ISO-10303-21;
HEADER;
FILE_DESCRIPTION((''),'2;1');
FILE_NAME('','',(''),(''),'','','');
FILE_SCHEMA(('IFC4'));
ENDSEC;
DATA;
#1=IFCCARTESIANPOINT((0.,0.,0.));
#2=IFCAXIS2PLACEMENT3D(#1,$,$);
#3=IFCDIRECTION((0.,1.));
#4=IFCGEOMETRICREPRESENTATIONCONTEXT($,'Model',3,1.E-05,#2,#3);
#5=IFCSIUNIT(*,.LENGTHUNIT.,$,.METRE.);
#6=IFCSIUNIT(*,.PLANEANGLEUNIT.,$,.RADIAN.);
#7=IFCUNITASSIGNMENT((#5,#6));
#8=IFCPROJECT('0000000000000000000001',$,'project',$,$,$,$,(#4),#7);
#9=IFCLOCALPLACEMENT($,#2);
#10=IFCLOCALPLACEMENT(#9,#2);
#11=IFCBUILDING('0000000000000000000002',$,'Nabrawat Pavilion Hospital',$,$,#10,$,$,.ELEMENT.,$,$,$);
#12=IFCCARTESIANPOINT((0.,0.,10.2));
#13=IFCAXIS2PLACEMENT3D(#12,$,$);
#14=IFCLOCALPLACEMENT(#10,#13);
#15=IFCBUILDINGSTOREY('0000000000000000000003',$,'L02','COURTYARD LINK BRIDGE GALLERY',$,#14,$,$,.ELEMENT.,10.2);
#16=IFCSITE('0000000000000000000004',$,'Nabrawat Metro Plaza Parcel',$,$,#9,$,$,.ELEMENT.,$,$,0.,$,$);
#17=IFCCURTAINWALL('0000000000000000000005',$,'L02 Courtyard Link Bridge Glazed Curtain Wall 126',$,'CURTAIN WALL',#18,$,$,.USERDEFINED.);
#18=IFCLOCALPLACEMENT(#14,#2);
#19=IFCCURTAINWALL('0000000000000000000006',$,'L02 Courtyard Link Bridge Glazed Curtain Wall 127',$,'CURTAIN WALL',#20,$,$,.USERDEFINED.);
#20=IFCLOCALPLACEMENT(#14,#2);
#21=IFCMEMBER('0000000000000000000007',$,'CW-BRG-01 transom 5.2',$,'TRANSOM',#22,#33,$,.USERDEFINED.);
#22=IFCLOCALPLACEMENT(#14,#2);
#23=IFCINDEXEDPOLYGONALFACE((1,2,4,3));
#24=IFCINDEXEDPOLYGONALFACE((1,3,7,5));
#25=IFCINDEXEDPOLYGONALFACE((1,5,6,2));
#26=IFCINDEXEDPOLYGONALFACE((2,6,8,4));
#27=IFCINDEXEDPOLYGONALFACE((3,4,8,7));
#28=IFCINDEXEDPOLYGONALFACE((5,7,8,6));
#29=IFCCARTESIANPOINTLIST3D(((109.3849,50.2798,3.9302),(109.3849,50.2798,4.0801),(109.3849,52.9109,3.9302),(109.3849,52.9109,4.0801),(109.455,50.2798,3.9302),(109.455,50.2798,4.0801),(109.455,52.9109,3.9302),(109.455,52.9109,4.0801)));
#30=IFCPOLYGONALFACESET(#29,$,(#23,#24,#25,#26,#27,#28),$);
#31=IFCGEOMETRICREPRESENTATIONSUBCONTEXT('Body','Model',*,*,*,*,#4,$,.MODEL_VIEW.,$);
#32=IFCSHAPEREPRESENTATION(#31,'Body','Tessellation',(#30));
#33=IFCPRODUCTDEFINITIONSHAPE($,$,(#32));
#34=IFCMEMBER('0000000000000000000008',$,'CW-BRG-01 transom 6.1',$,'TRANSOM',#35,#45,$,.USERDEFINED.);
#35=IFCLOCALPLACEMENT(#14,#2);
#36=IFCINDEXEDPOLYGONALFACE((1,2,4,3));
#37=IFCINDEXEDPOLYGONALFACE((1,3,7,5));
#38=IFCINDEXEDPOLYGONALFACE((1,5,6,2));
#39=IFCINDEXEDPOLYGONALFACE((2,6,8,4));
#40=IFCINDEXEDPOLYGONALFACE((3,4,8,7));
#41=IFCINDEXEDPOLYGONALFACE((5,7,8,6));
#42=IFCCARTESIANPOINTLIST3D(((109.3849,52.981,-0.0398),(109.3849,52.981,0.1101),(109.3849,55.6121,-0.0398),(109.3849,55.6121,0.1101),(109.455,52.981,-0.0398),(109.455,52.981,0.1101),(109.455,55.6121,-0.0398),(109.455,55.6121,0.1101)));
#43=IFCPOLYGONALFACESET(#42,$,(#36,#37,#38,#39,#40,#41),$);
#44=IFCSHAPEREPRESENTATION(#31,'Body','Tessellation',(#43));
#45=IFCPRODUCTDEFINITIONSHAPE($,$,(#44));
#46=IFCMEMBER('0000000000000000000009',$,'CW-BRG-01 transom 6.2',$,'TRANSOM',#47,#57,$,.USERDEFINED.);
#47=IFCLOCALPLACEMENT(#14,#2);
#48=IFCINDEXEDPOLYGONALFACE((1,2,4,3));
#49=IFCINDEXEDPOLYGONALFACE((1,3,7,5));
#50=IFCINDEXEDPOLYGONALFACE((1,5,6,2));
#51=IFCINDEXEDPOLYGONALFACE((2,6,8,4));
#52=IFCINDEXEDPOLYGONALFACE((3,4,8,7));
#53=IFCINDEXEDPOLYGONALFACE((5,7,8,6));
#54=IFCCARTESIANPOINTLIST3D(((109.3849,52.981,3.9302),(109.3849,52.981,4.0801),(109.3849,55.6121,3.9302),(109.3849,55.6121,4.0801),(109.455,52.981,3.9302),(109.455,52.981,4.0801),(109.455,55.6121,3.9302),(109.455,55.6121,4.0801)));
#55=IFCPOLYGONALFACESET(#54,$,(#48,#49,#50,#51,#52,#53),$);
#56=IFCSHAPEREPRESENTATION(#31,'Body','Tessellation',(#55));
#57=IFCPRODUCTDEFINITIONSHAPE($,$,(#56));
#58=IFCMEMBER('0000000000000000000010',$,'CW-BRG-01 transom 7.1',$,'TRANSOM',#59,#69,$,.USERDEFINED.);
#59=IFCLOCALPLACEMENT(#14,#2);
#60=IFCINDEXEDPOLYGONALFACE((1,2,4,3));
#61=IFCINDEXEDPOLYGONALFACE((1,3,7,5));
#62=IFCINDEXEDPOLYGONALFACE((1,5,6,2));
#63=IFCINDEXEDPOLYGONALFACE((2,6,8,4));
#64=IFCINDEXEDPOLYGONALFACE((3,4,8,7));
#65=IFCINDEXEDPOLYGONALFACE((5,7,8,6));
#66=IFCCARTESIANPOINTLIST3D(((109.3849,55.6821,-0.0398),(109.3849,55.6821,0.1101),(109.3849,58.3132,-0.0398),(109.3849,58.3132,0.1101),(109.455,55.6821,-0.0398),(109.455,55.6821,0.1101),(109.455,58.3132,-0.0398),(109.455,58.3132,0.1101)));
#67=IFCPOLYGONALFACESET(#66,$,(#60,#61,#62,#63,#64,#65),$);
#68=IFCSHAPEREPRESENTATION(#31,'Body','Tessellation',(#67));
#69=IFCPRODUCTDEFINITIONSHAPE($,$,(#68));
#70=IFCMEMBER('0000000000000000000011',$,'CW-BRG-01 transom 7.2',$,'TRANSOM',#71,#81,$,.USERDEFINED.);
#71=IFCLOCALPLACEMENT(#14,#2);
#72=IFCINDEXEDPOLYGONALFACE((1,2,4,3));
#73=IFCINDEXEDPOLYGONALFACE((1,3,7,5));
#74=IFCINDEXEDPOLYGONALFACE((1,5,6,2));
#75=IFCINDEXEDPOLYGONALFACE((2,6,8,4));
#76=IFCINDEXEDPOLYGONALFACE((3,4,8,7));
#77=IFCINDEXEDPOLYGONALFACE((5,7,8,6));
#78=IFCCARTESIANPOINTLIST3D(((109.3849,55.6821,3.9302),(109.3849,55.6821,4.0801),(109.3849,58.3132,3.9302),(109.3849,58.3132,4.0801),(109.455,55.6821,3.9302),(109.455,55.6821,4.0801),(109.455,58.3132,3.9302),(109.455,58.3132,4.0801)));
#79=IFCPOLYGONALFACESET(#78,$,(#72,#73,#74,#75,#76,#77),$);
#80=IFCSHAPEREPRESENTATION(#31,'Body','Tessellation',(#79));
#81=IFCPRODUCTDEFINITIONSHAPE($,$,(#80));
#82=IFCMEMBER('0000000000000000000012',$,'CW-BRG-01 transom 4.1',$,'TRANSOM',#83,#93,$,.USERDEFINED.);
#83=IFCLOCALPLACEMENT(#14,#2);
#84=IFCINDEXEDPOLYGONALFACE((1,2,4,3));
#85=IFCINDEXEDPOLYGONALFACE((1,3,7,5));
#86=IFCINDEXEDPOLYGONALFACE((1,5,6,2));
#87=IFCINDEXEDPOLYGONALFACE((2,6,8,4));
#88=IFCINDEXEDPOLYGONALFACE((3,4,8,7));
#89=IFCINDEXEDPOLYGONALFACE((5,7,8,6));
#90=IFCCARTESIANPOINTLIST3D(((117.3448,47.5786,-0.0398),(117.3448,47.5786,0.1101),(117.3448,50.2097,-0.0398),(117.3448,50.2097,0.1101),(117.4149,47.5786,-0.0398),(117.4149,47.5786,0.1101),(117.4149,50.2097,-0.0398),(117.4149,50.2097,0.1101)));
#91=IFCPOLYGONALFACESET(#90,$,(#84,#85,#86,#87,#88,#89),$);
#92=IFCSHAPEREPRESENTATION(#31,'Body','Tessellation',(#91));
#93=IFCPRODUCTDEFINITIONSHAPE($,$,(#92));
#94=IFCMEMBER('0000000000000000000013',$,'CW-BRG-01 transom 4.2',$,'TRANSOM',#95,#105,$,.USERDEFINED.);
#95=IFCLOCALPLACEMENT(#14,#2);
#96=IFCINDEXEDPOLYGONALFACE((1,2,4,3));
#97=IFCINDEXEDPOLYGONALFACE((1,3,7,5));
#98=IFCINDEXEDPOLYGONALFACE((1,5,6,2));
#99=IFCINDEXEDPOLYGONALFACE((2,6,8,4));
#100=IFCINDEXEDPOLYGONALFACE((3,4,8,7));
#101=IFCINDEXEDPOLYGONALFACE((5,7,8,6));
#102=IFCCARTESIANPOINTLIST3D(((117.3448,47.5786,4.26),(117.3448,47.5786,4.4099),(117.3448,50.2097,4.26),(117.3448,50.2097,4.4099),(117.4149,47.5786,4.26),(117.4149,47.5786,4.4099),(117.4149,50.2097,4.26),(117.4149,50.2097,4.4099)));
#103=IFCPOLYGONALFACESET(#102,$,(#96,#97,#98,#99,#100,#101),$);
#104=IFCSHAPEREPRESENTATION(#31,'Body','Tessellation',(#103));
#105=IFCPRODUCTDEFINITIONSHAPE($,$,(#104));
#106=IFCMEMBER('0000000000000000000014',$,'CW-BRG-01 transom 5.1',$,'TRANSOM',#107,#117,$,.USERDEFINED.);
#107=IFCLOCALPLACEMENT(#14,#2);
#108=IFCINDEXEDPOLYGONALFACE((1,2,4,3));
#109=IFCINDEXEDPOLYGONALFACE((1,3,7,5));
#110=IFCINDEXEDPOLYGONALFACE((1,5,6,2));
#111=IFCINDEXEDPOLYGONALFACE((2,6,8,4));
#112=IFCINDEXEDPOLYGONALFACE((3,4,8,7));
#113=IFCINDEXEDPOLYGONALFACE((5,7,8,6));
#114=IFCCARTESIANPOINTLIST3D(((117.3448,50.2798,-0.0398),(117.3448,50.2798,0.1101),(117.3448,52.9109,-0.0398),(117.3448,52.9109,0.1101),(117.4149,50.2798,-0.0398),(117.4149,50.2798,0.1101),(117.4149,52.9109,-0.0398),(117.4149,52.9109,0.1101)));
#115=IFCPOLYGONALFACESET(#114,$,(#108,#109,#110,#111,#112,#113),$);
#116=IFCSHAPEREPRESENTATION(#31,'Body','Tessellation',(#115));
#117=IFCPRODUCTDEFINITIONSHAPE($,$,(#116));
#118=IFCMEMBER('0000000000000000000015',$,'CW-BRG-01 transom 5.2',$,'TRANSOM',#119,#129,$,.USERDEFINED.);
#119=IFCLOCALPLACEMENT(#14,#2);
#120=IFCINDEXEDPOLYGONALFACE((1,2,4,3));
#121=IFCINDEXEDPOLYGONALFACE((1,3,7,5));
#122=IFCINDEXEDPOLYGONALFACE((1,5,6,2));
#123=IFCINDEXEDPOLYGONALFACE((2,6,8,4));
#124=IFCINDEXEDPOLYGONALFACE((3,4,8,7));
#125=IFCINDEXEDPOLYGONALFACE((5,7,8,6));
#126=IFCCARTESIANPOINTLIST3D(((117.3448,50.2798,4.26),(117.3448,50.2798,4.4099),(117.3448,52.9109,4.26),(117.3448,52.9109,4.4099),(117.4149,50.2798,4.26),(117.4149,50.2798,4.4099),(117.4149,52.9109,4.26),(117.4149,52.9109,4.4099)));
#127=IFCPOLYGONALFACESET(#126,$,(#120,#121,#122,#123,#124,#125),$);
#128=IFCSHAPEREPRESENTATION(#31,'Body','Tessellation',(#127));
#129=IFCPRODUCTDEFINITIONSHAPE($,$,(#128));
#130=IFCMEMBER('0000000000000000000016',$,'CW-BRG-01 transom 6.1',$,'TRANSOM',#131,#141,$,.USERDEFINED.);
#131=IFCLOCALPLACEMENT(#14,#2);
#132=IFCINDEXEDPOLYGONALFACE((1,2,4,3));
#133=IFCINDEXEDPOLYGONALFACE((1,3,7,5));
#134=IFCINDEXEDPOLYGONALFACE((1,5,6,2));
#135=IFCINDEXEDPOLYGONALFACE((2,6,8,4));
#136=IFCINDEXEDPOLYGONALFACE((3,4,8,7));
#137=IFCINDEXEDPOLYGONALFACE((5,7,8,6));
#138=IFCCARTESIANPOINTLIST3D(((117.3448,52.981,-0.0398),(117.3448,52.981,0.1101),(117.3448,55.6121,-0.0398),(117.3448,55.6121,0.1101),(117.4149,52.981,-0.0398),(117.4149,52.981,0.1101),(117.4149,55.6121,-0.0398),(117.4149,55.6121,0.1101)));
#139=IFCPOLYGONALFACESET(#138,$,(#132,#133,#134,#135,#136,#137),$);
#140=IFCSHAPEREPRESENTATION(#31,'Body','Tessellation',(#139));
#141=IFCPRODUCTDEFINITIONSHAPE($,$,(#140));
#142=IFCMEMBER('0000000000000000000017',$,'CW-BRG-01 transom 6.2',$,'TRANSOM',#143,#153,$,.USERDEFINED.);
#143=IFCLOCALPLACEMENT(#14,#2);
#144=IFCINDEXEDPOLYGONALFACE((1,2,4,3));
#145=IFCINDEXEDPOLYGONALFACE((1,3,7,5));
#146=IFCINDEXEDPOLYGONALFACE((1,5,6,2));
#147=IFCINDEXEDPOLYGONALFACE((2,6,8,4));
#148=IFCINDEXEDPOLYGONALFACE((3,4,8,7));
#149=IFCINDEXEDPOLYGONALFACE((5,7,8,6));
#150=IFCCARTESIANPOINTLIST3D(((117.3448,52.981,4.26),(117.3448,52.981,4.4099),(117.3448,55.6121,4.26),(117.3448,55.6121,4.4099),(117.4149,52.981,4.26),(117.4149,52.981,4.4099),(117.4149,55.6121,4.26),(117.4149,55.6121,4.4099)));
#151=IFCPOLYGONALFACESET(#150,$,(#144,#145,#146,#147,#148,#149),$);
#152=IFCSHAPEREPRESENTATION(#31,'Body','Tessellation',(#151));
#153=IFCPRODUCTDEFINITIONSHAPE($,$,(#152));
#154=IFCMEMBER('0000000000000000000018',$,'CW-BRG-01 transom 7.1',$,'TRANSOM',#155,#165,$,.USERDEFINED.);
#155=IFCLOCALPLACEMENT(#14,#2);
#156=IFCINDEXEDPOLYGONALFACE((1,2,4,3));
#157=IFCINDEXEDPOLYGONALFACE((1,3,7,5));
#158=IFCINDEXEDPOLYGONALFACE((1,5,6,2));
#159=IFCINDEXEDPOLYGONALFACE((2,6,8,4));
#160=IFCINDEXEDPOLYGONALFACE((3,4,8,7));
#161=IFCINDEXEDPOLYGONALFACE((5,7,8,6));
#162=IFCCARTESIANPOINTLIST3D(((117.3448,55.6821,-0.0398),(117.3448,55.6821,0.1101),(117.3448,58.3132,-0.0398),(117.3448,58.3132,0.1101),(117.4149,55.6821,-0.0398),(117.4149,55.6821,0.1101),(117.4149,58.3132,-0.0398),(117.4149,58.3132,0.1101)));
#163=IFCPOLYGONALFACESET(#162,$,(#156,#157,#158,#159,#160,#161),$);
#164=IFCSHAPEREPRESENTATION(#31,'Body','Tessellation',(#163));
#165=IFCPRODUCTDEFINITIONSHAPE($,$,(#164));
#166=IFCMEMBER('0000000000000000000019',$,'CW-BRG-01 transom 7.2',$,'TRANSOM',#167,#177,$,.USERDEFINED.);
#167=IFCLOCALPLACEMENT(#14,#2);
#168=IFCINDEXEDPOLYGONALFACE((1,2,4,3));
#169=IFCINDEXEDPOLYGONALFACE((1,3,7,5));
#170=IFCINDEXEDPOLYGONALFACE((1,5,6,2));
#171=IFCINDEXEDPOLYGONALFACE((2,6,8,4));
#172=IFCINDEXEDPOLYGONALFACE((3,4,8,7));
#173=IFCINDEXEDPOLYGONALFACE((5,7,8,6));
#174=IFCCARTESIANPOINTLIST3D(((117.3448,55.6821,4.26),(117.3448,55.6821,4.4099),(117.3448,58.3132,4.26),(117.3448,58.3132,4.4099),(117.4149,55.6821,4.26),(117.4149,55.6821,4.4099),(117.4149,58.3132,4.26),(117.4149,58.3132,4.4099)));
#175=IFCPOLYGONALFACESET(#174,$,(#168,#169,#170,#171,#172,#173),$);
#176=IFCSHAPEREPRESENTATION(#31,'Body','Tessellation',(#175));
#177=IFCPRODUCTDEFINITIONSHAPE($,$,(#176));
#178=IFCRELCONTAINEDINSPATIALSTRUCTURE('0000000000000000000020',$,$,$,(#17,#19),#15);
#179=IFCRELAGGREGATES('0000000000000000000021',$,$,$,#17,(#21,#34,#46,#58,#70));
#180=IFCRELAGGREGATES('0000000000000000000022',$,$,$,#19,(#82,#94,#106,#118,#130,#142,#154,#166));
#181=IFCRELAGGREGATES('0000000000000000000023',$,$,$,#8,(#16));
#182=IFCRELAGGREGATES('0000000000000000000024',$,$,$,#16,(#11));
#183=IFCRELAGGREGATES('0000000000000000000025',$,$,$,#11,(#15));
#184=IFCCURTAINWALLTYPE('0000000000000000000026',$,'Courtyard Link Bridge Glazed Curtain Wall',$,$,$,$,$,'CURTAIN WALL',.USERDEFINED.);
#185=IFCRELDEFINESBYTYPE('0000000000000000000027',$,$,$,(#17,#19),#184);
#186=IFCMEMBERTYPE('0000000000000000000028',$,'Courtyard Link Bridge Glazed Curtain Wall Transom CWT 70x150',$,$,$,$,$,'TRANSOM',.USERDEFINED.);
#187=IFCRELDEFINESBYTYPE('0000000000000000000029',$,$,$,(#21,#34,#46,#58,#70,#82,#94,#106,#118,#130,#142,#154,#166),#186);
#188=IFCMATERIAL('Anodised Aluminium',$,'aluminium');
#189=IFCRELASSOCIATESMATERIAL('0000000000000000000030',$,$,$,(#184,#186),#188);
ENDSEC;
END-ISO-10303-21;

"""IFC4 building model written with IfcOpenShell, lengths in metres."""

from ifc_helpers import new_model, si_unit, direction, frame, origin, origin_2d, place, context, subcontext, project, spatial, rectangle, extrude, material, material_profile, profile_set, type_object, element, aggregate, save


model = new_model("IFC4")

# Units and contexts
model_context = context("Model", 3, precision=1e-05, world=origin(), true_north=direction((0.0, 1.0)))
body_context = subcontext(model_context, "Body", "Model", "MODEL_VIEW")
ifc_project = project(units=[si_unit("LENGTHUNIT", "METRE"), si_unit("PLANEANGLEUNIT", "RADIAN")], contexts=[model_context])

# Site, building, storey
site_placement = place(None, origin())
site = spatial("IfcSite", under=ifc_project, at=site_placement, Name="Nabrawat Metro Plaza Parcel", CompositionType="ELEMENT", RefElevation=0.0)
building_placement = place(site_placement, origin())
building = spatial("IfcBuilding", under=site, at=building_placement, Name="Nabrawat Pavilion Hospital", CompositionType="ELEMENT")
storey_placement = place(building_placement, frame((0.0, 0.0, 10.2)))
storey = spatial("IfcBuildingStorey", under=building, at=storey_placement, Name="L02", Description="COURTYARD LINK BRIDGE GALLERY", CompositionType="ELEMENT", Elevation=10.2)

# Curtain walls
ifc_material_1 = material(Name="Anodised Aluminium", Category="aluminium")
curtain_wall_type = type_object("IfcCurtainWallType", Name="Courtyard Link Bridge Glazed Curtain Wall", ElementType="CURTAIN WALL", PredefinedType="USERDEFINED", material=ifc_material_1)
curtain_wall_1_placement = place(storey_placement, origin())
curtain_wall_1 = element("IfcCurtainWall", 1, at=curtain_wall_1_placement, inside=storey, type_object=curtain_wall_type, Name="L02 Courtyard Link Bridge Glazed Curtain Wall 126", ObjectType="CURTAIN WALL", PredefinedType="USERDEFINED")
curtain_wall_2_placement = place(storey_placement, origin())
curtain_wall_2 = element("IfcCurtainWall", 2, at=curtain_wall_2_placement, inside=storey, type_object=curtain_wall_type, Name="L02 Courtyard Link Bridge Glazed Curtain Wall 127", ObjectType="CURTAIN WALL", PredefinedType="USERDEFINED")

# Members
ifc_material_profile_1 = material_profile(ifc_material_1, rectangle(XDim=0.0701, YDim=0.1499, at=origin_2d()), Name="CWT 70x150")
ifc_profile_set_1 = profile_set([ifc_material_profile_1], Name="Anodised Aluminium")
member_type_1 = type_object("IfcMemberType", Name="Courtyard Link Bridge Glazed Curtain Wall Transom CWT 70x150", ElementType="TRANSOM", PredefinedType="USERDEFINED", material=ifc_profile_set_1)
member_1_placement = place(storey_placement, frame((109.4199, 50.2798, 4.0051), z_axis=(0.0, 1.0, 0.0), x_axis=(-1.0, 0.0, 0.0)))
member_1 = element("IfcMember", 3, at=member_1_placement, type_object=member_type_1, Name="CW-BRG-01 transom 5.2", ObjectType="TRANSOM", PredefinedType="USERDEFINED", context=body_context, shape_type="SweptSolid", body=[
    extrude(rectangle(XDim=0.0701, YDim=0.1499, at=origin_2d()), origin(), (0.0, 0.0, 1.0), 2.6311),
])
member_2_placement = place(storey_placement, frame((109.4199, 52.981, 0.0352), z_axis=(0.0, 1.0, 0.0), x_axis=(-1.0, 0.0, 0.0)))
member_2 = element("IfcMember", 4, at=member_2_placement, type_object=member_type_1, Name="CW-BRG-01 transom 6.1", ObjectType="TRANSOM", PredefinedType="USERDEFINED", context=body_context, shape_type="SweptSolid", body=[
    extrude(rectangle(XDim=0.0701, YDim=0.1499, at=origin_2d()), origin(), (0.0, 0.0, 1.0), 2.6311),
])
member_3_placement = place(storey_placement, frame((109.4199, 52.981, 4.0051), z_axis=(0.0, 1.0, 0.0), x_axis=(-1.0, 0.0, 0.0)))
member_3 = element("IfcMember", 5, at=member_3_placement, type_object=member_type_1, Name="CW-BRG-01 transom 6.2", ObjectType="TRANSOM", PredefinedType="USERDEFINED", context=body_context, shape_type="SweptSolid", body=[
    extrude(rectangle(XDim=0.0701, YDim=0.1499, at=origin_2d()), origin(), (0.0, 0.0, 1.0), 2.6311),
])
member_4_placement = place(storey_placement, frame((109.4199, 55.6821, 0.0352), z_axis=(0.0, 1.0, 0.0), x_axis=(-1.0, 0.0, 0.0)))
member_4 = element("IfcMember", 6, at=member_4_placement, type_object=member_type_1, Name="CW-BRG-01 transom 7.1", ObjectType="TRANSOM", PredefinedType="USERDEFINED", context=body_context, shape_type="SweptSolid", body=[
    extrude(rectangle(XDim=0.0701, YDim=0.1499, at=origin_2d()), origin(), (0.0, 0.0, 1.0), 2.6311),
])
member_5_placement = place(storey_placement, frame((109.4199, 55.6821, 4.0051), z_axis=(0.0, 1.0, 0.0), x_axis=(-1.0, 0.0, 0.0)))
member_5 = element("IfcMember", 7, at=member_5_placement, type_object=member_type_1, Name="CW-BRG-01 transom 7.2", ObjectType="TRANSOM", PredefinedType="USERDEFINED", context=body_context, shape_type="SweptSolid", body=[
    extrude(rectangle(XDim=0.0701, YDim=0.1499, at=origin_2d()), origin(), (0.0, 0.0, 1.0), 2.6311),
])
member_6_placement = place(storey_placement, frame((117.3799, 47.5786, 0.0352), z_axis=(0.0, 1.0, 0.0), x_axis=(-1.0, 0.0, 0.0)))
member_6 = element("IfcMember", 8, at=member_6_placement, type_object=member_type_1, Name="CW-BRG-01 transom 4.1", ObjectType="TRANSOM", PredefinedType="USERDEFINED", context=body_context, shape_type="SweptSolid", body=[
    extrude(rectangle(XDim=0.0701, YDim=0.1499, at=origin_2d()), origin(), (0.0, 0.0, 1.0), 2.6311),
])
member_7_placement = place(storey_placement, frame((117.3799, 47.5786, 4.335), z_axis=(0.0, 1.0, 0.0), x_axis=(-1.0, 0.0, 0.0)))
member_7 = element("IfcMember", 9, at=member_7_placement, type_object=member_type_1, Name="CW-BRG-01 transom 4.2", ObjectType="TRANSOM", PredefinedType="USERDEFINED", context=body_context, shape_type="SweptSolid", body=[
    extrude(rectangle(XDim=0.0701, YDim=0.1499, at=origin_2d()), origin(), (0.0, 0.0, 1.0), 2.6311),
])
member_8_placement = place(storey_placement, frame((117.3799, 50.2798, 0.0352), z_axis=(0.0, 1.0, 0.0), x_axis=(-1.0, 0.0, 0.0)))
member_8 = element("IfcMember", 10, at=member_8_placement, type_object=member_type_1, Name="CW-BRG-01 transom 5.1", ObjectType="TRANSOM", PredefinedType="USERDEFINED", context=body_context, shape_type="SweptSolid", body=[
    extrude(rectangle(XDim=0.0701, YDim=0.1499, at=origin_2d()), origin(), (0.0, 0.0, 1.0), 2.6311),
])
member_9_placement = place(storey_placement, frame((117.3799, 50.2798, 4.335), z_axis=(0.0, 1.0, 0.0), x_axis=(-1.0, 0.0, 0.0)))
member_9 = element("IfcMember", 11, at=member_9_placement, type_object=member_type_1, Name="CW-BRG-01 transom 5.2", ObjectType="TRANSOM", PredefinedType="USERDEFINED", context=body_context, shape_type="SweptSolid", body=[
    extrude(rectangle(XDim=0.0701, YDim=0.1499, at=origin_2d()), origin(), (0.0, 0.0, 1.0), 2.6311),
])
member_10_placement = place(storey_placement, frame((117.3799, 52.981, 0.0352), z_axis=(0.0, 1.0, 0.0), x_axis=(-1.0, 0.0, 0.0)))
member_10 = element("IfcMember", 12, at=member_10_placement, type_object=member_type_1, Name="CW-BRG-01 transom 6.1", ObjectType="TRANSOM", PredefinedType="USERDEFINED", context=body_context, shape_type="SweptSolid", body=[
    extrude(rectangle(XDim=0.0701, YDim=0.1499, at=origin_2d()), origin(), (0.0, 0.0, 1.0), 2.6311),
])
member_11_placement = place(storey_placement, frame((117.3799, 52.981, 4.335), z_axis=(0.0, 1.0, 0.0), x_axis=(-1.0, 0.0, 0.0)))
member_11 = element("IfcMember", 13, at=member_11_placement, type_object=member_type_1, Name="CW-BRG-01 transom 6.2", ObjectType="TRANSOM", PredefinedType="USERDEFINED", context=body_context, shape_type="SweptSolid", body=[
    extrude(rectangle(XDim=0.0701, YDim=0.1499, at=origin_2d()), origin(), (0.0, 0.0, 1.0), 2.6311),
])
member_12_placement = place(storey_placement, frame((117.3799, 55.6821, 0.0352), z_axis=(0.0, 1.0, 0.0), x_axis=(-1.0, 0.0, 0.0)))
member_12 = element("IfcMember", 14, at=member_12_placement, type_object=member_type_1, Name="CW-BRG-01 transom 7.1", ObjectType="TRANSOM", PredefinedType="USERDEFINED", context=body_context, shape_type="SweptSolid", body=[
    extrude(rectangle(XDim=0.0701, YDim=0.1499, at=origin_2d()), origin(), (0.0, 0.0, 1.0), 2.6311),
])
member_13_placement = place(storey_placement, frame((117.3799, 55.6821, 4.335), z_axis=(0.0, 1.0, 0.0), x_axis=(-1.0, 0.0, 0.0)))
member_13 = element("IfcMember", 15, at=member_13_placement, type_object=member_type_1, Name="CW-BRG-01 transom 7.2", ObjectType="TRANSOM", PredefinedType="USERDEFINED", context=body_context, shape_type="SweptSolid", body=[
    extrude(rectangle(XDim=0.0701, YDim=0.1499, at=origin_2d()), origin(), (0.0, 0.0, 1.0), 2.6311),
])

aggregate(curtain_wall_1, [member_1, member_2, member_3, member_4, member_5])
aggregate(curtain_wall_2, [member_6, member_7, member_8, member_9, member_10, member_11, member_12, member_13])

save(model, "model.ifc")
